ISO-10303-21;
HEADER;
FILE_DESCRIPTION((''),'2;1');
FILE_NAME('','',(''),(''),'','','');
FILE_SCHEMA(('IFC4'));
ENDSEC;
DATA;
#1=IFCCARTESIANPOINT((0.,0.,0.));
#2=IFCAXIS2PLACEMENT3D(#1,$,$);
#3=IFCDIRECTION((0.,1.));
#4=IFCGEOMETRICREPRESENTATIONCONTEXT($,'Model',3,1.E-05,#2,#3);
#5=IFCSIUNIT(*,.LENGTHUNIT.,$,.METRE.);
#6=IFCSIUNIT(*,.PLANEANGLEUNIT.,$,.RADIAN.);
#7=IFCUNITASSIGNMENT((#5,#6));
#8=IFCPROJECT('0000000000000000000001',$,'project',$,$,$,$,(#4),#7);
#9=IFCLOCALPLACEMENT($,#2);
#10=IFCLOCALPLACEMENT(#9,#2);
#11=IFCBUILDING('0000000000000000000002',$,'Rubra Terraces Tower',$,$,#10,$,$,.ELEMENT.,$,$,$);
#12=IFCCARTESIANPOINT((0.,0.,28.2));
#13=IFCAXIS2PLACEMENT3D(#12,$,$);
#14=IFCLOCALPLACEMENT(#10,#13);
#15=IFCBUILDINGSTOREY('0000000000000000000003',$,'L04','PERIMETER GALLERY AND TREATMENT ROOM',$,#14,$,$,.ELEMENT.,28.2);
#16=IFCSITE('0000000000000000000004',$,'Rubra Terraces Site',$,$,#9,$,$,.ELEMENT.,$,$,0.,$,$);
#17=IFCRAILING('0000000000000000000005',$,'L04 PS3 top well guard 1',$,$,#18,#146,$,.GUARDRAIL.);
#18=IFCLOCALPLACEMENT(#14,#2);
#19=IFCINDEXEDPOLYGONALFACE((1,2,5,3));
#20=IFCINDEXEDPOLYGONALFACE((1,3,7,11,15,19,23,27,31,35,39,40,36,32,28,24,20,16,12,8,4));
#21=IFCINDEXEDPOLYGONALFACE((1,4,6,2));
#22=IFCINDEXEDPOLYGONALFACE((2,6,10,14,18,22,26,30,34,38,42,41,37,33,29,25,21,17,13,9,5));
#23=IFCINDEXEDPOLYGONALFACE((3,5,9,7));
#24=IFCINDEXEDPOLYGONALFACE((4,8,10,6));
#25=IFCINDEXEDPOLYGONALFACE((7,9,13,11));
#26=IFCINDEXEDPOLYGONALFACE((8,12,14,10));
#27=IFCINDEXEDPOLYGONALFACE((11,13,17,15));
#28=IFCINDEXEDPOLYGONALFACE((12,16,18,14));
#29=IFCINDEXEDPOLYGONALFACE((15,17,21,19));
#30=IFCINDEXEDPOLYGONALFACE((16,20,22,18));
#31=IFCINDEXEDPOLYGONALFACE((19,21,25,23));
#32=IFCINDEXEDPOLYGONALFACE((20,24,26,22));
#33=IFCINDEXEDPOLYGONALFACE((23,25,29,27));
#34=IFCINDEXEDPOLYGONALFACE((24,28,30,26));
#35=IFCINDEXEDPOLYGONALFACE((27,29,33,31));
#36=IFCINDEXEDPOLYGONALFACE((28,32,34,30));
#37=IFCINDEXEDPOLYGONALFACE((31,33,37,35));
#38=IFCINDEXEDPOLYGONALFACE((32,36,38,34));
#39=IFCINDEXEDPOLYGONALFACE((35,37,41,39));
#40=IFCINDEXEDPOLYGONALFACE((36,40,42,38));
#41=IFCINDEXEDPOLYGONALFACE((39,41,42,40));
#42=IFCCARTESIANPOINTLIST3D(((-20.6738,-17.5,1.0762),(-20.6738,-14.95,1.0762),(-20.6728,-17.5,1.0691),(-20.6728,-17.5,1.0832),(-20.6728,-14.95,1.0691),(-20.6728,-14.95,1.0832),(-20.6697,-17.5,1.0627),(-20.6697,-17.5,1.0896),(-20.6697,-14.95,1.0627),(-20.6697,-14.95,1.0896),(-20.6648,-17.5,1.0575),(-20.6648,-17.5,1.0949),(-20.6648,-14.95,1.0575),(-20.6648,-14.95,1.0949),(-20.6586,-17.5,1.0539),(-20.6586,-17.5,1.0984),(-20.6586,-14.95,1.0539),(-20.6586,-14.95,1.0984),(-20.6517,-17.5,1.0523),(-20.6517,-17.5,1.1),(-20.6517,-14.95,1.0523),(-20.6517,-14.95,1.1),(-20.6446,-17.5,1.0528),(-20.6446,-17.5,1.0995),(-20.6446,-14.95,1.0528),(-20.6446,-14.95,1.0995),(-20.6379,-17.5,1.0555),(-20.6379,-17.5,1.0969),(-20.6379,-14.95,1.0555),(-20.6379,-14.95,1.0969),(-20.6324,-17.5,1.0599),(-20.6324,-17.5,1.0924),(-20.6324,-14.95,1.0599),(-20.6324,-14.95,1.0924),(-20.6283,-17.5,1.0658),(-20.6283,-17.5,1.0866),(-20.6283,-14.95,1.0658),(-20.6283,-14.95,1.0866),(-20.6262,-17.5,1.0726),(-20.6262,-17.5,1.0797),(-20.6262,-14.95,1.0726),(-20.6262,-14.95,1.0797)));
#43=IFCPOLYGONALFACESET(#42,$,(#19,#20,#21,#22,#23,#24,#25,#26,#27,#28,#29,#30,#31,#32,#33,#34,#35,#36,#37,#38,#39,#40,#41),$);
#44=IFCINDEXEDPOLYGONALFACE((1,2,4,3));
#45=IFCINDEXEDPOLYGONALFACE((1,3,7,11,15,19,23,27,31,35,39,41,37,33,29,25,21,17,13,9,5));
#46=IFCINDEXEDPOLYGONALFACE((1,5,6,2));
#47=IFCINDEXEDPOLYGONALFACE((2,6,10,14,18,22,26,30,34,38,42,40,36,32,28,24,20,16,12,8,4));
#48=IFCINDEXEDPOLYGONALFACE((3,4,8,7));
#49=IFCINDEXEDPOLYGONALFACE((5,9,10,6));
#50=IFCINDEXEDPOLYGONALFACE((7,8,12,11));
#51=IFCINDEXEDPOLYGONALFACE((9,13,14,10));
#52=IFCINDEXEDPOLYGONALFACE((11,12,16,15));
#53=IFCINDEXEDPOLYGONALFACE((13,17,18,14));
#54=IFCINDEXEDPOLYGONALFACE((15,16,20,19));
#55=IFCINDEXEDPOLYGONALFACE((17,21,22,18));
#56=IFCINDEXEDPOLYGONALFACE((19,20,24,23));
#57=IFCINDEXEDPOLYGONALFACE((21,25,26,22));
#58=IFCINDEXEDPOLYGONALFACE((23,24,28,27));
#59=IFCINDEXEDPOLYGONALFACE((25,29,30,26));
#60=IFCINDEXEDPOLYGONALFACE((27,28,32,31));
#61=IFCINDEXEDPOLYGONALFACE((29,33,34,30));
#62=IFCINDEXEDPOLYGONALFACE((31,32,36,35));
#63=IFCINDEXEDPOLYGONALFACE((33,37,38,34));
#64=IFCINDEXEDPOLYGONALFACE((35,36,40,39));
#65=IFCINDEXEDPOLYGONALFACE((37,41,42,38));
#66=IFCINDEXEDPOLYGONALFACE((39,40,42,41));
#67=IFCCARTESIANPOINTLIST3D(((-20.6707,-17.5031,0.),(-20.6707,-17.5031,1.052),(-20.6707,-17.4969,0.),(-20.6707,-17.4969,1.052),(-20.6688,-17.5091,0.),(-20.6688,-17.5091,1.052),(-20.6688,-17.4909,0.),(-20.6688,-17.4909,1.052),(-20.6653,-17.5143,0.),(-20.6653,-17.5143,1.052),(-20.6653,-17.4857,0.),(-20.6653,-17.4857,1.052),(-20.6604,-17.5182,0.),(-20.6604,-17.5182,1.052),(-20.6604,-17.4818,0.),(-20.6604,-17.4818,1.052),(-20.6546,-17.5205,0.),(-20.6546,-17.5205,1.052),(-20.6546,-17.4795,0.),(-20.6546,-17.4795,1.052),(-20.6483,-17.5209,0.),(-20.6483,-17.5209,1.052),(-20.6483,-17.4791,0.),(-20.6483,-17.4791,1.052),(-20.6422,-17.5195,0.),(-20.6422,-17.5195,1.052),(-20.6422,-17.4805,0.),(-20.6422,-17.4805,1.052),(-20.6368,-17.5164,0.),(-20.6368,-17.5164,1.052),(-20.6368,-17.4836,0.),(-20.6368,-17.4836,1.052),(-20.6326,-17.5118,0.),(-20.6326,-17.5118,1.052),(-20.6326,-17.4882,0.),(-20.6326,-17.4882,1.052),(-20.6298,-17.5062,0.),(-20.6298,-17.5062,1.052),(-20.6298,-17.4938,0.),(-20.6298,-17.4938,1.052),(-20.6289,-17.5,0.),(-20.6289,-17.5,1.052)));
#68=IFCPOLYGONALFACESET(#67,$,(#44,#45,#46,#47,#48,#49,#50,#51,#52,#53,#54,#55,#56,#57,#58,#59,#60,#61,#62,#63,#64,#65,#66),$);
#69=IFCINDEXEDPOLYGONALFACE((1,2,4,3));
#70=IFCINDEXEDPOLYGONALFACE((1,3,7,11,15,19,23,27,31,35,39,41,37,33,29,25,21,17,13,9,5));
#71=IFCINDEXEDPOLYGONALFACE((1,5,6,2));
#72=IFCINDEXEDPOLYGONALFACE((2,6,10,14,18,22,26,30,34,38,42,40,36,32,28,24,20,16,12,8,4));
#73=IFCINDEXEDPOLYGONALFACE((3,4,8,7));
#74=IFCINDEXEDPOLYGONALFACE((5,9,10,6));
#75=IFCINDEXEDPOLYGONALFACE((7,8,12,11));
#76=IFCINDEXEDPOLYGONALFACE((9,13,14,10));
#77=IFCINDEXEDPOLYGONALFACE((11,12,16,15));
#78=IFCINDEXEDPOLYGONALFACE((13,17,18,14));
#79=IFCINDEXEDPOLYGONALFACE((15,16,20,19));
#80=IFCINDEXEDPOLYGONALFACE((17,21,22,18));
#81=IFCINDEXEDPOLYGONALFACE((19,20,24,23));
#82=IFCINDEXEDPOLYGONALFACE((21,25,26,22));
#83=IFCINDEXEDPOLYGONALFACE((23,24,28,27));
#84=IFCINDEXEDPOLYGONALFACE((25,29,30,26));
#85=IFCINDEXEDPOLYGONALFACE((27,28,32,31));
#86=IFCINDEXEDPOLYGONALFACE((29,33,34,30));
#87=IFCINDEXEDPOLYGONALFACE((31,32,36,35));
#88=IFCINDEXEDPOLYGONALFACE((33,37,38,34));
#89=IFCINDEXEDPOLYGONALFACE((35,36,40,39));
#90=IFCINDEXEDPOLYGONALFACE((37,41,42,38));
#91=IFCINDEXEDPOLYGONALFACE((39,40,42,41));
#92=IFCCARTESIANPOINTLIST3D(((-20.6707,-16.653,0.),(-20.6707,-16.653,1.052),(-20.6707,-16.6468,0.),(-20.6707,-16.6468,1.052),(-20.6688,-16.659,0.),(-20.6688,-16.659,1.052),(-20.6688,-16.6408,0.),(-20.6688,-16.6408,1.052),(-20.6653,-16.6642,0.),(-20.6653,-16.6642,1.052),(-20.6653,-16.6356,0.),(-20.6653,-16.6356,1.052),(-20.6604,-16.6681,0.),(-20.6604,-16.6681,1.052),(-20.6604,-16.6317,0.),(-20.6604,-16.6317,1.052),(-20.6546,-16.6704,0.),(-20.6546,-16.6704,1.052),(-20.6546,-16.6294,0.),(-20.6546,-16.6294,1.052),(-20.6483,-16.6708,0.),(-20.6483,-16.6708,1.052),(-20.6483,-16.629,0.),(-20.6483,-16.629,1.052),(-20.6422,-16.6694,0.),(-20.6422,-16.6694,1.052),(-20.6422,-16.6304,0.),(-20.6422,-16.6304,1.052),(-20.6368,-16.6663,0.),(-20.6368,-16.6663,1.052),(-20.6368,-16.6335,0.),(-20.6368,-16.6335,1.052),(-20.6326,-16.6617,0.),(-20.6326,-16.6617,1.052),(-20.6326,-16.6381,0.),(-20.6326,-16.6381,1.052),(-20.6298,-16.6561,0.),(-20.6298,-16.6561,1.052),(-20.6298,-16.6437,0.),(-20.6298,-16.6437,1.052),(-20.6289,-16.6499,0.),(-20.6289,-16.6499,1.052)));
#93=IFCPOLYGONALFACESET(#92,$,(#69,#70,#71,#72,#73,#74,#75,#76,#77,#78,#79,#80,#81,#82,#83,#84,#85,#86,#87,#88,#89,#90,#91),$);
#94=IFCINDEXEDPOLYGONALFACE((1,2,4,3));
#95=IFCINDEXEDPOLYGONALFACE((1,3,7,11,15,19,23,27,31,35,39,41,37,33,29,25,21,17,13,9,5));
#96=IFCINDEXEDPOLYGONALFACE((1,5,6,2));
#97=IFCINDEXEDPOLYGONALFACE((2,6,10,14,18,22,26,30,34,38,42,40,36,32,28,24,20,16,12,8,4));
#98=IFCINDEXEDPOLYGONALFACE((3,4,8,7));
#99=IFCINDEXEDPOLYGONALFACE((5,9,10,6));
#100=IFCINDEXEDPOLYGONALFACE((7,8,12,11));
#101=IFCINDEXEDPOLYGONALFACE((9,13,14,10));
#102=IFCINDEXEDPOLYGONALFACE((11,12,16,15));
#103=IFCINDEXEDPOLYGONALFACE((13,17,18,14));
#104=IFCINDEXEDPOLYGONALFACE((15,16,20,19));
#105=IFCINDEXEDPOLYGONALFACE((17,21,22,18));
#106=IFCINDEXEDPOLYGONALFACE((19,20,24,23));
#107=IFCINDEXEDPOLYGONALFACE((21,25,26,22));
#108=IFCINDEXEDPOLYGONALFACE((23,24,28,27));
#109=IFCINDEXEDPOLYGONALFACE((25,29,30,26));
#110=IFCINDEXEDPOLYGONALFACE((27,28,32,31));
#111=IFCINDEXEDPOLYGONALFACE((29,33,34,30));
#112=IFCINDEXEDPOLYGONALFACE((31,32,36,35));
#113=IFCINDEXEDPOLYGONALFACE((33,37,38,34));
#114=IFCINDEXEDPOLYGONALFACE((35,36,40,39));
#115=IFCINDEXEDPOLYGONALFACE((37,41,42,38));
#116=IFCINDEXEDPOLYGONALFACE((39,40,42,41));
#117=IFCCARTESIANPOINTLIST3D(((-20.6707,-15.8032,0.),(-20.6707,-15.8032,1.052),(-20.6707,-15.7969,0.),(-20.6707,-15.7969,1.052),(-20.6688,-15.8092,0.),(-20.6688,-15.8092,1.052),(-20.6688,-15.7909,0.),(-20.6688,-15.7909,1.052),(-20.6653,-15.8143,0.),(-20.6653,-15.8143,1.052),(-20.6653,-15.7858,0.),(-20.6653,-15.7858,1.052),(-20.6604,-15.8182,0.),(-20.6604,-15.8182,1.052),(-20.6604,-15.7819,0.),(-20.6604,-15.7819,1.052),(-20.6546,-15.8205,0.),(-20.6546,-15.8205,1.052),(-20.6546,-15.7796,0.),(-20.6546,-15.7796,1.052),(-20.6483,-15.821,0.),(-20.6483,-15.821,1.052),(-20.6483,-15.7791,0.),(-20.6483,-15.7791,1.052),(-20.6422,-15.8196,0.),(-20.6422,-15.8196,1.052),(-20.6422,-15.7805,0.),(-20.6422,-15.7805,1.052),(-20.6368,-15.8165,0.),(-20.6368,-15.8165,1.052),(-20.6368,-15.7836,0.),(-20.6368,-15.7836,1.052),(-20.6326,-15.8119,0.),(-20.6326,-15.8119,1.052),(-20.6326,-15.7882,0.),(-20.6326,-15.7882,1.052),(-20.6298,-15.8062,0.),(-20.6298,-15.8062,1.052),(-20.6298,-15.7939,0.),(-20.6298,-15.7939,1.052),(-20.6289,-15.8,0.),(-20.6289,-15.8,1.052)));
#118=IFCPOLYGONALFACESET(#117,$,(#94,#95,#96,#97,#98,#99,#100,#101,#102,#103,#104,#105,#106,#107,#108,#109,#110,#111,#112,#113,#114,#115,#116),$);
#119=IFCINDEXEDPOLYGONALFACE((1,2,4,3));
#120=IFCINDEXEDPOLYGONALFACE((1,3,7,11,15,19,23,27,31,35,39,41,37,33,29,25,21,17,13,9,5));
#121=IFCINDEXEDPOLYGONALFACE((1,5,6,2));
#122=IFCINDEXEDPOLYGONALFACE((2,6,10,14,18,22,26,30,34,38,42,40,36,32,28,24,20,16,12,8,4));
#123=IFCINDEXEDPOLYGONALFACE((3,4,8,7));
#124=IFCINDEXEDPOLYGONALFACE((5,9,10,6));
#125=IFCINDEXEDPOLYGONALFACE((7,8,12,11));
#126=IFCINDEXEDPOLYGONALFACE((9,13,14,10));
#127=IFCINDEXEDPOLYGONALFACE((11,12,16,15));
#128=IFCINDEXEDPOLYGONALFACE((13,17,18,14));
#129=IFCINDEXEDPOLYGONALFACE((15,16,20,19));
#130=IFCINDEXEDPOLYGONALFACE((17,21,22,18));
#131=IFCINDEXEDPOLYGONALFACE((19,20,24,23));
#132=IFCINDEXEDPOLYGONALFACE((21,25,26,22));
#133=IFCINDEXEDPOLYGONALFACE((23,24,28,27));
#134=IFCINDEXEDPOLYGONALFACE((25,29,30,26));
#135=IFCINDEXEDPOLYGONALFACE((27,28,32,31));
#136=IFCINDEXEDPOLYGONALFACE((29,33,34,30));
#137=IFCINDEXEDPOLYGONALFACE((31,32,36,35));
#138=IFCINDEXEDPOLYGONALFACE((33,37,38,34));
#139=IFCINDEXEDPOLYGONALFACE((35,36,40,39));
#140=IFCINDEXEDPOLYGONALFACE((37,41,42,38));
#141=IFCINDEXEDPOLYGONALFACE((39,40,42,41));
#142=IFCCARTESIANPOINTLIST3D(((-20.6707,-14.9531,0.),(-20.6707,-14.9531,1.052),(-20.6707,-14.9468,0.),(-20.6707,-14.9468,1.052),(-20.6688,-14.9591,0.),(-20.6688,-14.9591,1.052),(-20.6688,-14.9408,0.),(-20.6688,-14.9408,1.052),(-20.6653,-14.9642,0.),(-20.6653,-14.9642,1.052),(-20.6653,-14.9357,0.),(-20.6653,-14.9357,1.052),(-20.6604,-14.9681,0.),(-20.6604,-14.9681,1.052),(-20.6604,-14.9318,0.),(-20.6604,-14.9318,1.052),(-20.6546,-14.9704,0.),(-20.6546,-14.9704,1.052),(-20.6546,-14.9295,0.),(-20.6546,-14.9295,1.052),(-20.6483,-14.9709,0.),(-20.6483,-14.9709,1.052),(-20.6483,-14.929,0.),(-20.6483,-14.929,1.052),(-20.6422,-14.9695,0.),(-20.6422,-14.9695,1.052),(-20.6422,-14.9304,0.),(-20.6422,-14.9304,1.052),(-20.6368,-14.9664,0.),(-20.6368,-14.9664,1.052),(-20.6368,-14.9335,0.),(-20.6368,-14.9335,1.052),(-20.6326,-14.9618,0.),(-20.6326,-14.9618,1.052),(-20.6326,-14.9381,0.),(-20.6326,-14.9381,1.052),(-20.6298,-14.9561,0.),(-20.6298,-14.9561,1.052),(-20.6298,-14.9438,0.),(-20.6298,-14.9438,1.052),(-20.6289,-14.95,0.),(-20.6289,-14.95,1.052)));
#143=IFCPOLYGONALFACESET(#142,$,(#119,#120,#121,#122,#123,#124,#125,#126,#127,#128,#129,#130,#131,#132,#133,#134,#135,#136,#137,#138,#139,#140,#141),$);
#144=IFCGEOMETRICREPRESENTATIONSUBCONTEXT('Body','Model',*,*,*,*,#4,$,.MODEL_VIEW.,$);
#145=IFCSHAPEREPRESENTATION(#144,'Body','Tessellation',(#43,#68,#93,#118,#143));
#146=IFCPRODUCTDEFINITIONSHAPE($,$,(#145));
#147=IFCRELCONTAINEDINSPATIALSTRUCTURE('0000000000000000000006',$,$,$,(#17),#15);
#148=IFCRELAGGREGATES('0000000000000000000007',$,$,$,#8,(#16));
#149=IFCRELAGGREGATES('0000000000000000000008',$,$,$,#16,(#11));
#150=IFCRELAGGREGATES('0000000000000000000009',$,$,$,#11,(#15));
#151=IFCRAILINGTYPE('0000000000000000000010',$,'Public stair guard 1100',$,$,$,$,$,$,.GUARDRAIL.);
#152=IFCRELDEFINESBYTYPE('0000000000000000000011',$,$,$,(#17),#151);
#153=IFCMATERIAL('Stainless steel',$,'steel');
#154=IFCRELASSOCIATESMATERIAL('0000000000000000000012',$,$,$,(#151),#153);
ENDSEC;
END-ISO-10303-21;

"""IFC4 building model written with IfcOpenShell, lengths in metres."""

from ifc_helpers import new_model, si_unit, direction, frame, origin, origin_2d, place, context, subcontext, project, spatial, circle, extrude, material, type_object, element, save


model = new_model("IFC4")

# Units and contexts
model_context = context("Model", 3, precision=1e-05, world=origin(), true_north=direction((0.0, 1.0)))
body_context = subcontext(model_context, "Body", "Model", "MODEL_VIEW")
ifc_project = project(units=[si_unit("LENGTHUNIT", "METRE"), si_unit("PLANEANGLEUNIT", "RADIAN")], contexts=[model_context])

# Site, building, storey
site_placement = place(None, origin())
site = spatial("IfcSite", under=ifc_project, at=site_placement, Name="Rubra Terraces Site", CompositionType="ELEMENT", RefElevation=0.0)
building_placement = place(site_placement, origin())
building = spatial("IfcBuilding", under=site, at=building_placement, Name="Rubra Terraces Tower", CompositionType="ELEMENT")
storey_placement = place(building_placement, frame((0.0, 0.0, 28.2)))
storey = spatial("IfcBuildingStorey", under=building, at=storey_placement, Name="L04", Description="PERIMETER GALLERY AND TREATMENT ROOM", CompositionType="ELEMENT", Elevation=28.2)

# Railing
ifc_material_1 = material(Name="Stainless steel", Category="steel")
railing_type = type_object("IfcRailingType", Name="Public stair guard 1100", PredefinedType="GUARDRAIL", material=ifc_material_1)
railing_1_placement = place(storey_placement, frame((-20.6499, -17.5, 0.0)))
element("IfcRailing", 1, at=railing_1_placement, inside=storey, type_object=railing_type, Name="L04 PS3 top well guard 1", PredefinedType="GUARDRAIL", context=body_context, shape_type="SweptSolid", body=[
    extrude(circle(Radius=0.0239, at=origin_2d()), frame((0.0, 0.0, 1.0762), z_axis=(0.0, 1.0, 0.0), x_axis=(-1.0, 0.0, 0.0)), (0.0, 0.0, 1.0), 2.55),
    extrude(circle(Radius=0.021, at=origin_2d()), origin(), (0.0, 0.0, 1.0), 1.052),
    extrude(circle(Radius=0.021, at=origin_2d()), frame((0.0, 0.8501, 0.0)), (0.0, 0.0, 1.0), 1.052),
    extrude(circle(Radius=0.021, at=origin_2d()), frame((0.0, 1.7, 0.0)), (0.0, 0.0, 1.0), 1.052),
    extrude(circle(Radius=0.021, at=origin_2d()), frame((0.0, 2.55, 0.0)), (0.0, 0.0, 1.0), 1.052),
])

save(model, "model.ifc")
